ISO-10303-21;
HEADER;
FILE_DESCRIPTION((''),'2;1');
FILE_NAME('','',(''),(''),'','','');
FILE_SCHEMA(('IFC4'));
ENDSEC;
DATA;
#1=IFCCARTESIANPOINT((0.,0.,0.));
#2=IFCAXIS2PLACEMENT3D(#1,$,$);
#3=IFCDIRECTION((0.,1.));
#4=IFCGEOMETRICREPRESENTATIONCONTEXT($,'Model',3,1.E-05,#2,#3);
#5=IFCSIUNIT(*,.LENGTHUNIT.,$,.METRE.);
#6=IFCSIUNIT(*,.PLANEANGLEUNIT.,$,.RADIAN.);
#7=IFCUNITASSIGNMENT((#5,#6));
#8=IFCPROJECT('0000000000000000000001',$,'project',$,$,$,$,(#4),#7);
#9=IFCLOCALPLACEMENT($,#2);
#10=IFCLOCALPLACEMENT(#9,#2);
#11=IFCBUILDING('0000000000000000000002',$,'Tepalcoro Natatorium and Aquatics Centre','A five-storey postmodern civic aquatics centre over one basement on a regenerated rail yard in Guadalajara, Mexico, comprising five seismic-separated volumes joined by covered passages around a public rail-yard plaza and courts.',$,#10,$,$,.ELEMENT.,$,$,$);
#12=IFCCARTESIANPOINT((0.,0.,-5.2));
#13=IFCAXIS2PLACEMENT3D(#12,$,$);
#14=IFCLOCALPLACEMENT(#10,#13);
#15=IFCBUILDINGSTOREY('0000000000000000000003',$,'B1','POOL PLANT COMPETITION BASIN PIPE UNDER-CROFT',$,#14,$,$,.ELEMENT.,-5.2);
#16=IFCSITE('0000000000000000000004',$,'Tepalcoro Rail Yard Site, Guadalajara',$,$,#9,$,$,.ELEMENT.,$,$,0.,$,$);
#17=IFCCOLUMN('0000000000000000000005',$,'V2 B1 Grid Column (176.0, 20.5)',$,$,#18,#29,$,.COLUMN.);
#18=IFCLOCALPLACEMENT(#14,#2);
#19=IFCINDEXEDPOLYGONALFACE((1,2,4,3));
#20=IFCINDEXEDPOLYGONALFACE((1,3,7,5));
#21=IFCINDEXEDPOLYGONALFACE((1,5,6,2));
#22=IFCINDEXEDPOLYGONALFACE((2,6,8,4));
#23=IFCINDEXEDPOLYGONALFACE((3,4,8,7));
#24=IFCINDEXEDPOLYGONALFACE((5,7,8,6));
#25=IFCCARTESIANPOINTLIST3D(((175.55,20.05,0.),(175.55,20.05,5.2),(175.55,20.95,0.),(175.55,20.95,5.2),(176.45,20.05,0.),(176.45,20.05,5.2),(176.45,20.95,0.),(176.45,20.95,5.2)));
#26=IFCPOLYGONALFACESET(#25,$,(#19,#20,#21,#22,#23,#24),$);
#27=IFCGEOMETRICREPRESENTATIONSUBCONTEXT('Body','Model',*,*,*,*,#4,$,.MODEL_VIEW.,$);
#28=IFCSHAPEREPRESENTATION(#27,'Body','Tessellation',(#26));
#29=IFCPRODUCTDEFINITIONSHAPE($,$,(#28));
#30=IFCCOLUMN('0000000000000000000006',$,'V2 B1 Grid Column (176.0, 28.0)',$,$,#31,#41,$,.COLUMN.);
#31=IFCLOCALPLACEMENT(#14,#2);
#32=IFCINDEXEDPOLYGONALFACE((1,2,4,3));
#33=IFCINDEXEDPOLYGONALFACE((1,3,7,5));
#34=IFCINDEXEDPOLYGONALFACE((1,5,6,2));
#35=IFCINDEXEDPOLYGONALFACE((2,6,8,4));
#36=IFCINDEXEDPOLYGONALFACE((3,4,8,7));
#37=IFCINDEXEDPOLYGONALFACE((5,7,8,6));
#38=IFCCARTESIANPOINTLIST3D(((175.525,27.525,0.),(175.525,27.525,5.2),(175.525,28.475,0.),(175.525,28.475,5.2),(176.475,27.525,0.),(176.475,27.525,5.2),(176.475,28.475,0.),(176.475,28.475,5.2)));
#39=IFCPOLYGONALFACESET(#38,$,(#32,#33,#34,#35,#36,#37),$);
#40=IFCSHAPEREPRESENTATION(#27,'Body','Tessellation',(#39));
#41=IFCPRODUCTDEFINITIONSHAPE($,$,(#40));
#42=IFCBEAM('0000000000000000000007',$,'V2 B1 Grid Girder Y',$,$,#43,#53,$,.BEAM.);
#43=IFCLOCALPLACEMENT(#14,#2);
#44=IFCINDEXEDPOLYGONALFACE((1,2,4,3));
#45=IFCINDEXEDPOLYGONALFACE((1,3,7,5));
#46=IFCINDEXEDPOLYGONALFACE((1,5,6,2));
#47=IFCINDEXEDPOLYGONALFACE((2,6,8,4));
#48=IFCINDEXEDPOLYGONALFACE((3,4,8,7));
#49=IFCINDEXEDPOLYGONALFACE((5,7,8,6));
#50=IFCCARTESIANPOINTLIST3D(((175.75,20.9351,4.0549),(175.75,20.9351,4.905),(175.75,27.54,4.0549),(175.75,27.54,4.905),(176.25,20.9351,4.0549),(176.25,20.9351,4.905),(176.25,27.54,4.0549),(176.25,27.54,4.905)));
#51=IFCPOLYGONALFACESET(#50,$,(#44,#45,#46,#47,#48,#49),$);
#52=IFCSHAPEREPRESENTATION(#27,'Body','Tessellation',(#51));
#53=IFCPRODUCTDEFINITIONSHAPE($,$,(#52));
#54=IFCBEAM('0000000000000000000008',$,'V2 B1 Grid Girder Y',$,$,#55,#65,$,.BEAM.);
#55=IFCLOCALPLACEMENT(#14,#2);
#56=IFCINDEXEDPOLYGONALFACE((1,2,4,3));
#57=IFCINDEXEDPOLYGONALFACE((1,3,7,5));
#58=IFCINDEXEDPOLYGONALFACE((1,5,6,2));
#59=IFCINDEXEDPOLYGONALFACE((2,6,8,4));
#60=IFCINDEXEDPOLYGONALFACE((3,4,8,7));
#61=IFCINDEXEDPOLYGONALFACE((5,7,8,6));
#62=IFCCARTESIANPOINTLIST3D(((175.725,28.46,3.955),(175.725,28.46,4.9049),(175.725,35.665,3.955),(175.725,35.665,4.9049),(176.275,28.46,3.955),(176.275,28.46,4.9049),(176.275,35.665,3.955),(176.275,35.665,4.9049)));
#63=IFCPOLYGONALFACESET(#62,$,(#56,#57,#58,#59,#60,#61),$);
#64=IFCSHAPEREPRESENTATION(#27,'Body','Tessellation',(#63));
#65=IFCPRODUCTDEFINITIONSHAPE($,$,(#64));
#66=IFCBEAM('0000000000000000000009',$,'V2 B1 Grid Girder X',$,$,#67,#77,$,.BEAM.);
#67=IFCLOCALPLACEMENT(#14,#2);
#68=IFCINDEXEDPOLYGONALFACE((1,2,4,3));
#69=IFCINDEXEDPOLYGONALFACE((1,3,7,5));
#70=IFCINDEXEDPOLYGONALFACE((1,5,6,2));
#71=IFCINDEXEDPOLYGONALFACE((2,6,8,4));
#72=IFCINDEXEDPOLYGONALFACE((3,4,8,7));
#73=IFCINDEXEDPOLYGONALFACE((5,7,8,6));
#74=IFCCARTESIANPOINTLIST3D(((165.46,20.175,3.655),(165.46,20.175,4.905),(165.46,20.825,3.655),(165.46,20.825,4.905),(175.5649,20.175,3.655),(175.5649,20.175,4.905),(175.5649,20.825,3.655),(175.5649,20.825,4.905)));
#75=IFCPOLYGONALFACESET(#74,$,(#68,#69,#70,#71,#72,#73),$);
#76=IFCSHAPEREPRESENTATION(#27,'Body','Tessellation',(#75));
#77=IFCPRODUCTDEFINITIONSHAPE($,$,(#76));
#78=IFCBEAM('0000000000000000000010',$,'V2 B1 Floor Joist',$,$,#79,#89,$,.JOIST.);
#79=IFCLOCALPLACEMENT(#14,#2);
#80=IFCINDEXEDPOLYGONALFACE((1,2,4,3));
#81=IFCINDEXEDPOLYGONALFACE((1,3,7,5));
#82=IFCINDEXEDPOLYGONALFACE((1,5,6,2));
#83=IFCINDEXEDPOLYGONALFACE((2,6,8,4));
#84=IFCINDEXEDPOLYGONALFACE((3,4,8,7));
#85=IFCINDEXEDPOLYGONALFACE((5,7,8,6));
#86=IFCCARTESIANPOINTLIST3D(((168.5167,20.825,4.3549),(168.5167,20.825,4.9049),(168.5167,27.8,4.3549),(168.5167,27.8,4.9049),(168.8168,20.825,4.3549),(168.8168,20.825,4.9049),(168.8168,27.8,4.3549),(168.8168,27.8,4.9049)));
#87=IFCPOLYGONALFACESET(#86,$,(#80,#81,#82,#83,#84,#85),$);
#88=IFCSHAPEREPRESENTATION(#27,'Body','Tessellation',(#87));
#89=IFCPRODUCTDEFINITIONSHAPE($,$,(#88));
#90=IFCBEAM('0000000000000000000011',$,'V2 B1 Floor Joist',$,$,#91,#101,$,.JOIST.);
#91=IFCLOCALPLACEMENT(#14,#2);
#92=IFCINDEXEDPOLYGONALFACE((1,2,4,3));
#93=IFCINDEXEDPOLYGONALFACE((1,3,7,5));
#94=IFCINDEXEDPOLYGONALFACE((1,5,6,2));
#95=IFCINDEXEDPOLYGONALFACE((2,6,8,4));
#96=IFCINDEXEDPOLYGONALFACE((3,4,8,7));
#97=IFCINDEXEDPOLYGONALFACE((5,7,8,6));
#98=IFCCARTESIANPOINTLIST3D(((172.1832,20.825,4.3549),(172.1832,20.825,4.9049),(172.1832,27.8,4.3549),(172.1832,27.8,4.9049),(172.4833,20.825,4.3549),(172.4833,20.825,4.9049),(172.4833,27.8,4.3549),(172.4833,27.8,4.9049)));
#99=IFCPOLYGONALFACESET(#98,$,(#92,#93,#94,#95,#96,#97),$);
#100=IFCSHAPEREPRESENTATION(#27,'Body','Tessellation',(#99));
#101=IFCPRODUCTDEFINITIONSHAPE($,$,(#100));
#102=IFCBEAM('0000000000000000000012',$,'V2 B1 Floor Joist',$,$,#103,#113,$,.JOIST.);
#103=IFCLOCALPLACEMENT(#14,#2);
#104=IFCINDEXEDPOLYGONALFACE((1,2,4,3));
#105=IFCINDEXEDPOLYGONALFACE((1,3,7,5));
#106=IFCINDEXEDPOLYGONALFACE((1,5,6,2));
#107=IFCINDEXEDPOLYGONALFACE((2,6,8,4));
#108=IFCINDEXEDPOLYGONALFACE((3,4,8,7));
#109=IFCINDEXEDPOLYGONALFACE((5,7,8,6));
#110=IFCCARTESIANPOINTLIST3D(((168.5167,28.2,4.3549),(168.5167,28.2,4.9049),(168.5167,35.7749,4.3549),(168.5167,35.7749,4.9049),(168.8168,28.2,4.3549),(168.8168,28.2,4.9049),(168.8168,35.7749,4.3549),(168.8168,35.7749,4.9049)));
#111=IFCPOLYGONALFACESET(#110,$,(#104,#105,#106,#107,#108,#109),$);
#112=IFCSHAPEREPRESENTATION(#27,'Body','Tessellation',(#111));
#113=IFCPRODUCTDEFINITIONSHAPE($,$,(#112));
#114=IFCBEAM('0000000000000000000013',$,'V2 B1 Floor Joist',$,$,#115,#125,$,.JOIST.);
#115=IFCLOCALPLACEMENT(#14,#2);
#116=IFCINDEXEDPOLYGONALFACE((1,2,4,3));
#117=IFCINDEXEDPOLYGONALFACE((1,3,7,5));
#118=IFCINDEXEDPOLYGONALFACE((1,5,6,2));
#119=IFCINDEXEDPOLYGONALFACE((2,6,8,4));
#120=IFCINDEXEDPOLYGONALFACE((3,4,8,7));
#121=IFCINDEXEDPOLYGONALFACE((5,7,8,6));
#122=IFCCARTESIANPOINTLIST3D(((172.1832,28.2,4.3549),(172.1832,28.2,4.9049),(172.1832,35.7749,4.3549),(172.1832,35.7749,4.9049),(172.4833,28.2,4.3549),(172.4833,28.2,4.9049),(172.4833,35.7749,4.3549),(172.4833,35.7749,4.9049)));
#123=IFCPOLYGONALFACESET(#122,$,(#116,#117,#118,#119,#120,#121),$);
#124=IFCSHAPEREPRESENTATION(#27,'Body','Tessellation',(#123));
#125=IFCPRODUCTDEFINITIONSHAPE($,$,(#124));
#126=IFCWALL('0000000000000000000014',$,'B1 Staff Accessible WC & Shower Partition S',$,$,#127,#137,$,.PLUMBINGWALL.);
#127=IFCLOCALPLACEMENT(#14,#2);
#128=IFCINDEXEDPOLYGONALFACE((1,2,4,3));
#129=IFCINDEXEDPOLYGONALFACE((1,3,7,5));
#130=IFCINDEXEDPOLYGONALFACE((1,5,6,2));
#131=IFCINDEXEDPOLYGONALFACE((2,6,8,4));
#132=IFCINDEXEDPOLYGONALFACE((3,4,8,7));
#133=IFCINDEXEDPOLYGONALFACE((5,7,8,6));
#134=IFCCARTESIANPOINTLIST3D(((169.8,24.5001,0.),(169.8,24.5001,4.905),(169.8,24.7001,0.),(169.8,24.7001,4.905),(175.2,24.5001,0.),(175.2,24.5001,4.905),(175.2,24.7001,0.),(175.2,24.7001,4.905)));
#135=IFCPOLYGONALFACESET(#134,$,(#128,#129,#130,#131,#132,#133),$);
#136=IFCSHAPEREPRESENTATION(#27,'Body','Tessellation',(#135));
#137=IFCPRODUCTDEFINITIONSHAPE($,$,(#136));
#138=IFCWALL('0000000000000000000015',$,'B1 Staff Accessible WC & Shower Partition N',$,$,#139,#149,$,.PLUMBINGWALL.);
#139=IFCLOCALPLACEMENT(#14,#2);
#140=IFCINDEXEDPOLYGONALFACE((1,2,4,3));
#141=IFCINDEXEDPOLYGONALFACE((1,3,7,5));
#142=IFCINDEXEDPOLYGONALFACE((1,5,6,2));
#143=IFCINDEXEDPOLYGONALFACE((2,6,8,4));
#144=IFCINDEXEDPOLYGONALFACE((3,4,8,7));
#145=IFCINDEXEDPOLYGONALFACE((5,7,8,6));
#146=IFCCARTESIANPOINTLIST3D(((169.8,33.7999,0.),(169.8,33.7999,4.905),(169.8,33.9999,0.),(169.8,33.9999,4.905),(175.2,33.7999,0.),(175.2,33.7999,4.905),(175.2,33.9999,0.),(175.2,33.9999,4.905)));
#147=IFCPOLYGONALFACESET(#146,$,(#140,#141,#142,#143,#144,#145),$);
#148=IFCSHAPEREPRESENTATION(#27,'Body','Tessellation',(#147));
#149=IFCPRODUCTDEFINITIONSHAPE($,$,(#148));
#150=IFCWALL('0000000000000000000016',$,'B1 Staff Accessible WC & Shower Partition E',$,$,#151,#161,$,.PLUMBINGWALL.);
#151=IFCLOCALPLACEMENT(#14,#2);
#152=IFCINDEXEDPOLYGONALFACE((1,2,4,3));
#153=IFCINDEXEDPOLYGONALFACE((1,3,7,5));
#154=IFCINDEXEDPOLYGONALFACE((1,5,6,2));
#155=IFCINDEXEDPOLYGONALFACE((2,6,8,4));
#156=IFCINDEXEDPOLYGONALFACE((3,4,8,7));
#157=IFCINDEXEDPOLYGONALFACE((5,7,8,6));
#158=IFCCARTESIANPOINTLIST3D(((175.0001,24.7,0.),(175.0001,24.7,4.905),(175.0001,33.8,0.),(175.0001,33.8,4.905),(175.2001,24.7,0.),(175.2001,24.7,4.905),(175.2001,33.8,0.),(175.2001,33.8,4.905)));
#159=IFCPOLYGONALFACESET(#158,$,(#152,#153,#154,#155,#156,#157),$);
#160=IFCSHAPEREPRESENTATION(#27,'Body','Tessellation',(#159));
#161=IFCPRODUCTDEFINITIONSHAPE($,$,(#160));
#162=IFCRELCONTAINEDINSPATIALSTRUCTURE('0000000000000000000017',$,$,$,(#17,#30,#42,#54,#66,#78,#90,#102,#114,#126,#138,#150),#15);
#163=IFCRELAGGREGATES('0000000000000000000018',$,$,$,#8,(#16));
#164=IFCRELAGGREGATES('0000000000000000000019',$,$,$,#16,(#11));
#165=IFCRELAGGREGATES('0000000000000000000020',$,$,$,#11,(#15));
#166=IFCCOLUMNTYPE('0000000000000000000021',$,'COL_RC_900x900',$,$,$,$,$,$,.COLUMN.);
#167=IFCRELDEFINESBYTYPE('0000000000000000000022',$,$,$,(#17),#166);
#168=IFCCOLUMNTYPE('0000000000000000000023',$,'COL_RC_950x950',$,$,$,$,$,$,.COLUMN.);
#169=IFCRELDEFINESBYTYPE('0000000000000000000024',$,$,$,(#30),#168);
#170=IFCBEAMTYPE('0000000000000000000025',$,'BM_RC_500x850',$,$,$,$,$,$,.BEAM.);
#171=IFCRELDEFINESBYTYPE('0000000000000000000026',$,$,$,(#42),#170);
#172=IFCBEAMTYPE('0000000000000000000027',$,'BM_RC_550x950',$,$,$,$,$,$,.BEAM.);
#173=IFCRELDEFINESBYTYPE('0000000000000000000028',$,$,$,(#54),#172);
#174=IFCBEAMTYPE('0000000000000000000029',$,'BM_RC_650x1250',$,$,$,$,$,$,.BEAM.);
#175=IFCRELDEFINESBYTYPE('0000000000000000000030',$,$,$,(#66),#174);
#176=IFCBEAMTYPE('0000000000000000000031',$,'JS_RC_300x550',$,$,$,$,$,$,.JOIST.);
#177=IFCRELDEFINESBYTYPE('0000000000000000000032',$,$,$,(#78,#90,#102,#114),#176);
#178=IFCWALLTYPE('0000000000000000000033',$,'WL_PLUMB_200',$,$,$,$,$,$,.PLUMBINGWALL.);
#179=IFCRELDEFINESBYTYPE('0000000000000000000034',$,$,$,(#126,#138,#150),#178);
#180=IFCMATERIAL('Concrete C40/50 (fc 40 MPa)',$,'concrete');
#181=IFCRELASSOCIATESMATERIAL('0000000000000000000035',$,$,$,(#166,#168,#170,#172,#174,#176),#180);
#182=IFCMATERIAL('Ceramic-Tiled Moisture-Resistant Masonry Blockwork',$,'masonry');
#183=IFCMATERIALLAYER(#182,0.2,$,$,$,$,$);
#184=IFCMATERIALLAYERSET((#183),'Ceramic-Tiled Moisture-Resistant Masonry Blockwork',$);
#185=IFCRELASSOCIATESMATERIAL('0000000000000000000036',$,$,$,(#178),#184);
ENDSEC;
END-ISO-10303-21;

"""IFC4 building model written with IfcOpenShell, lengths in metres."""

from ifc_helpers import new_model, si_unit, direction, frame, frame_2d, origin, origin_2d, place, context, subcontext, project, spatial, rectangle, extrude, material, layer, layer_set, material_profile, profile_set, type_object, element, save


model = new_model("IFC4")

# Units and contexts
model_context = context("Model", 3, precision=1e-05, world=origin(), true_north=direction((0.0, 1.0)))
body_context = subcontext(model_context, "Body", "Model", "MODEL_VIEW")
ifc_project = project(units=[si_unit("LENGTHUNIT", "METRE"), si_unit("PLANEANGLEUNIT", "RADIAN")], contexts=[model_context])

# Site, building, storey
site_placement = place(None, origin())
site = spatial("IfcSite", under=ifc_project, at=site_placement, Name="Tepalcoro Rail Yard Site, Guadalajara", CompositionType="ELEMENT", RefElevation=0.0)
building_placement = place(site_placement, origin())
building = spatial("IfcBuilding", under=site, at=building_placement, Name="Tepalcoro Natatorium and Aquatics Centre", Description="A five-storey postmodern civic aquatics centre over one basement on a regenerated rail yard in Guadalajara, Mexico, comprising five seismic-separated volumes joined by covered passages around a public rail-yard plaza and courts.", CompositionType="ELEMENT")
storey_placement = place(building_placement, frame((0.0, 0.0, -5.2)))
storey = spatial("IfcBuildingStorey", under=building, at=storey_placement, Name="B1", Description="POOL PLANT COMPETITION BASIN PIPE UNDER-CROFT", CompositionType="ELEMENT", Elevation=-5.2)

# Shared definitions
ifc_material_1 = material(Name="Concrete C40/50 (fc 40 MPa)", Category="concrete")

# Columns
ifc_material_profile_1 = material_profile(ifc_material_1, rectangle(XDim=0.8999, YDim=0.8999, at=origin_2d()), Name="RC900x900")
ifc_profile_set_1 = profile_set([ifc_material_profile_1], Name="Concrete C40/50 (fc 40 MPa)")
column_type_1 = type_object("IfcColumnType", Name="COL_RC_900x900", PredefinedType="COLUMN", material=ifc_profile_set_1)
column_1_placement = place(storey_placement, frame((176.0, 20.5, 0.0), z_axis=(0.0, 0.0, 1.0), x_axis=(1.0, 0.0, 0.0)))
element("IfcColumn", 1, at=column_1_placement, inside=storey, type_object=column_type_1, Name="V2 B1 Grid Column (176.0, 20.5)", PredefinedType="COLUMN", context=body_context, shape_type="SweptSolid", body=[
    extrude(rectangle(XDim=0.8999, YDim=0.8999, at=origin_2d()), origin(), (0.0, 0.0, 1.0), 5.2),
])
ifc_material_profile_2 = material_profile(ifc_material_1, rectangle(XDim=0.95, YDim=0.95, at=origin_2d()), Name="RC950x950")
ifc_profile_set_2 = profile_set([ifc_material_profile_2], Name="Concrete C40/50 (fc 40 MPa)")
column_type_2 = type_object("IfcColumnType", Name="COL_RC_950x950", PredefinedType="COLUMN", material=ifc_profile_set_2)
column_2_placement = place(storey_placement, frame((176.0, 28.0, 0.0), z_axis=(0.0, 0.0, 1.0), x_axis=(1.0, 0.0, 0.0)))
element("IfcColumn", 2, at=column_2_placement, inside=storey, type_object=column_type_2, Name="V2 B1 Grid Column (176.0, 28.0)", PredefinedType="COLUMN", context=body_context, shape_type="SweptSolid", body=[
    extrude(rectangle(XDim=0.95, YDim=0.95, at=origin_2d()), origin(), (0.0, 0.0, 1.0), 5.2),
])

# Beams
ifc_material_profile_3 = material_profile(ifc_material_1, rectangle(XDim=0.5, YDim=0.8501, at=origin_2d()), Name="RCB500x850")
ifc_profile_set_3 = profile_set([ifc_material_profile_3], Name="Concrete C40/50 (fc 40 MPa)")
beam_type_1 = type_object("IfcBeamType", Name="BM_RC_500x850", PredefinedType="BEAM", material=ifc_profile_set_3)
beam_1_placement = place(storey_placement, frame((176.0, 20.9351, 4.48), z_axis=(0.0, 1.0, 0.0), x_axis=(-1.0, 0.0, 0.0)))
element("IfcBeam", 3, at=beam_1_placement, inside=storey, type_object=beam_type_1, Name="V2 B1 Grid Girder Y", PredefinedType="BEAM", context=body_context, shape_type="SweptSolid", body=[
    extrude(rectangle(XDim=0.5, YDim=0.8501, at=origin_2d()), origin(), (0.0, 0.0, 1.0), 6.605),
])
ifc_material_profile_4 = material_profile(ifc_material_1, rectangle(XDim=0.55, YDim=0.95, at=origin_2d()), Name="RCB550x950")
ifc_profile_set_4 = profile_set([ifc_material_profile_4], Name="Concrete C40/50 (fc 40 MPa)")
beam_type_2 = type_object("IfcBeamType", Name="BM_RC_550x950", PredefinedType="BEAM", material=ifc_profile_set_4)
beam_2_placement = place(storey_placement, frame((176.0, 28.46, 4.4299), z_axis=(0.0, 1.0, 0.0), x_axis=(-1.0, 0.0, 0.0)))
element("IfcBeam", 4, at=beam_2_placement, inside=storey, type_object=beam_type_2, Name="V2 B1 Grid Girder Y", PredefinedType="BEAM", context=body_context, shape_type="SweptSolid", body=[
    extrude(rectangle(XDim=0.55, YDim=0.95, at=origin_2d()), origin(), (0.0, 0.0, 1.0), 7.2051),
])
ifc_material_profile_5 = material_profile(ifc_material_1, rectangle(XDim=0.6499, YDim=1.25, at=origin_2d()), Name="RCB650x1250")
ifc_profile_set_5 = profile_set([ifc_material_profile_5], Name="Concrete C40/50 (fc 40 MPa)")
beam_type_3 = type_object("IfcBeamType", Name="BM_RC_650x1250", PredefinedType="BEAM", material=ifc_profile_set_5)
beam_3_placement = place(storey_placement, frame((165.46, 20.5, 4.28), z_axis=(1.0, 0.0, 0.0), x_axis=(0.0, 1.0, 0.0)))
element("IfcBeam", 5, at=beam_3_placement, inside=storey, type_object=beam_type_3, Name="V2 B1 Grid Girder X", PredefinedType="BEAM", context=body_context, shape_type="SweptSolid", body=[
    extrude(rectangle(XDim=0.6499, YDim=1.25, at=origin_2d()), origin(), (0.0, 0.0, 1.0), 10.105),
])
ifc_material_profile_6 = material_profile(ifc_material_1, rectangle(XDim=0.3, YDim=0.55, at=origin_2d()), Name="RCJ300x550")
ifc_profile_set_6 = profile_set([ifc_material_profile_6], Name="Concrete C40/50 (fc 40 MPa)")
beam_type_4 = type_object("IfcBeamType", Name="JS_RC_300x550", PredefinedType="JOIST", material=ifc_profile_set_6)
for number, where, z_axis, x_axis, name in (
    (6, (168.6667, 20.825, 4.6299), (0.0, 1.0, 0.0), (-1.0, 0.0, 0.0), "V2 B1 Floor Joist"),
    (7, (172.3333, 20.825, 4.6299), (0.0, 1.0, 0.0), (-1.0, 0.0, 0.0), "V2 B1 Floor Joist"),
):
    element("IfcBeam", number, at=place(storey_placement, frame(where, z_axis=z_axis, x_axis=x_axis)), inside=storey, type_object=beam_type_4, Name=name, PredefinedType="JOIST", context=body_context, shape_type="SweptSolid", body=[
        extrude(rectangle(XDim=0.3, YDim=0.55, at=origin_2d()), origin(), (0.0, 0.0, 1.0), 6.9751),
    ])
for number, where, z_axis, x_axis, name in (
    (8, (168.6667, 28.2, 4.6299), (0.0, 1.0, 0.0), (-1.0, 0.0, 0.0), "V2 B1 Floor Joist"),
    (9, (172.3333, 28.2, 4.6299), (0.0, 1.0, 0.0), (-1.0, 0.0, 0.0), "V2 B1 Floor Joist"),
):
    element("IfcBeam", number, at=place(storey_placement, frame(where, z_axis=z_axis, x_axis=x_axis)), inside=storey, type_object=beam_type_4, Name=name, PredefinedType="JOIST", context=body_context, shape_type="SweptSolid", body=[
        extrude(rectangle(XDim=0.3, YDim=0.55, at=origin_2d()), origin(), (0.0, 0.0, 1.0), 7.575),
    ])

# Walls
ifc_material_2 = material(Name="Ceramic-Tiled Moisture-Resistant Masonry Blockwork", Category="masonry")
ifc_layer_1 = layer(ifc_material_2, 0.2)
ifc_layer_set_1 = layer_set([ifc_layer_1], Name="Ceramic-Tiled Moisture-Resistant Masonry Blockwork")
wall_type_1 = type_object("IfcWallType", Name="WL_PLUMB_200", PredefinedType="PLUMBINGWALL", material=ifc_layer_set_1)
for number, where, z_axis, x_axis, name in (
    (10, (169.8, 24.6001, 0.0), (0.0, 0.0, 1.0), (1.0, 0.0, 0.0), "B1 Staff Accessible WC & Shower Partition S"),
    (11, (169.8, 33.8999, 0.0), (0.0, 0.0, 1.0), (1.0, 0.0, 0.0), "B1 Staff Accessible WC & Shower Partition N"),
):
    element("IfcWall", number, at=place(storey_placement, frame(where, z_axis=z_axis, x_axis=x_axis)), inside=storey, type_object=wall_type_1, Name=name, PredefinedType="PLUMBINGWALL", context=body_context, shape_type="SweptSolid", body=[
        extrude(rectangle(XDim=5.3999, YDim=0.2, at=frame_2d((2.7, 0.0))), origin(), (0.0, 0.0, 1.0), 4.905),
    ])
wall_1_placement = place(storey_placement, frame((175.1001, 24.7, 0.0), z_axis=(0.0, 0.0, 1.0), x_axis=(0.0, 1.0, 0.0)))
element("IfcWall", 12, at=wall_1_placement, inside=storey, type_object=wall_type_1, Name="B1 Staff Accessible WC & Shower Partition E", PredefinedType="PLUMBINGWALL", context=body_context, shape_type="SweptSolid", body=[
    extrude(rectangle(XDim=9.1001, YDim=0.2, at=frame_2d((4.55, 0.0))), origin(), (0.0, 0.0, 1.0), 4.905),
])

save(model, "model.ifc")
